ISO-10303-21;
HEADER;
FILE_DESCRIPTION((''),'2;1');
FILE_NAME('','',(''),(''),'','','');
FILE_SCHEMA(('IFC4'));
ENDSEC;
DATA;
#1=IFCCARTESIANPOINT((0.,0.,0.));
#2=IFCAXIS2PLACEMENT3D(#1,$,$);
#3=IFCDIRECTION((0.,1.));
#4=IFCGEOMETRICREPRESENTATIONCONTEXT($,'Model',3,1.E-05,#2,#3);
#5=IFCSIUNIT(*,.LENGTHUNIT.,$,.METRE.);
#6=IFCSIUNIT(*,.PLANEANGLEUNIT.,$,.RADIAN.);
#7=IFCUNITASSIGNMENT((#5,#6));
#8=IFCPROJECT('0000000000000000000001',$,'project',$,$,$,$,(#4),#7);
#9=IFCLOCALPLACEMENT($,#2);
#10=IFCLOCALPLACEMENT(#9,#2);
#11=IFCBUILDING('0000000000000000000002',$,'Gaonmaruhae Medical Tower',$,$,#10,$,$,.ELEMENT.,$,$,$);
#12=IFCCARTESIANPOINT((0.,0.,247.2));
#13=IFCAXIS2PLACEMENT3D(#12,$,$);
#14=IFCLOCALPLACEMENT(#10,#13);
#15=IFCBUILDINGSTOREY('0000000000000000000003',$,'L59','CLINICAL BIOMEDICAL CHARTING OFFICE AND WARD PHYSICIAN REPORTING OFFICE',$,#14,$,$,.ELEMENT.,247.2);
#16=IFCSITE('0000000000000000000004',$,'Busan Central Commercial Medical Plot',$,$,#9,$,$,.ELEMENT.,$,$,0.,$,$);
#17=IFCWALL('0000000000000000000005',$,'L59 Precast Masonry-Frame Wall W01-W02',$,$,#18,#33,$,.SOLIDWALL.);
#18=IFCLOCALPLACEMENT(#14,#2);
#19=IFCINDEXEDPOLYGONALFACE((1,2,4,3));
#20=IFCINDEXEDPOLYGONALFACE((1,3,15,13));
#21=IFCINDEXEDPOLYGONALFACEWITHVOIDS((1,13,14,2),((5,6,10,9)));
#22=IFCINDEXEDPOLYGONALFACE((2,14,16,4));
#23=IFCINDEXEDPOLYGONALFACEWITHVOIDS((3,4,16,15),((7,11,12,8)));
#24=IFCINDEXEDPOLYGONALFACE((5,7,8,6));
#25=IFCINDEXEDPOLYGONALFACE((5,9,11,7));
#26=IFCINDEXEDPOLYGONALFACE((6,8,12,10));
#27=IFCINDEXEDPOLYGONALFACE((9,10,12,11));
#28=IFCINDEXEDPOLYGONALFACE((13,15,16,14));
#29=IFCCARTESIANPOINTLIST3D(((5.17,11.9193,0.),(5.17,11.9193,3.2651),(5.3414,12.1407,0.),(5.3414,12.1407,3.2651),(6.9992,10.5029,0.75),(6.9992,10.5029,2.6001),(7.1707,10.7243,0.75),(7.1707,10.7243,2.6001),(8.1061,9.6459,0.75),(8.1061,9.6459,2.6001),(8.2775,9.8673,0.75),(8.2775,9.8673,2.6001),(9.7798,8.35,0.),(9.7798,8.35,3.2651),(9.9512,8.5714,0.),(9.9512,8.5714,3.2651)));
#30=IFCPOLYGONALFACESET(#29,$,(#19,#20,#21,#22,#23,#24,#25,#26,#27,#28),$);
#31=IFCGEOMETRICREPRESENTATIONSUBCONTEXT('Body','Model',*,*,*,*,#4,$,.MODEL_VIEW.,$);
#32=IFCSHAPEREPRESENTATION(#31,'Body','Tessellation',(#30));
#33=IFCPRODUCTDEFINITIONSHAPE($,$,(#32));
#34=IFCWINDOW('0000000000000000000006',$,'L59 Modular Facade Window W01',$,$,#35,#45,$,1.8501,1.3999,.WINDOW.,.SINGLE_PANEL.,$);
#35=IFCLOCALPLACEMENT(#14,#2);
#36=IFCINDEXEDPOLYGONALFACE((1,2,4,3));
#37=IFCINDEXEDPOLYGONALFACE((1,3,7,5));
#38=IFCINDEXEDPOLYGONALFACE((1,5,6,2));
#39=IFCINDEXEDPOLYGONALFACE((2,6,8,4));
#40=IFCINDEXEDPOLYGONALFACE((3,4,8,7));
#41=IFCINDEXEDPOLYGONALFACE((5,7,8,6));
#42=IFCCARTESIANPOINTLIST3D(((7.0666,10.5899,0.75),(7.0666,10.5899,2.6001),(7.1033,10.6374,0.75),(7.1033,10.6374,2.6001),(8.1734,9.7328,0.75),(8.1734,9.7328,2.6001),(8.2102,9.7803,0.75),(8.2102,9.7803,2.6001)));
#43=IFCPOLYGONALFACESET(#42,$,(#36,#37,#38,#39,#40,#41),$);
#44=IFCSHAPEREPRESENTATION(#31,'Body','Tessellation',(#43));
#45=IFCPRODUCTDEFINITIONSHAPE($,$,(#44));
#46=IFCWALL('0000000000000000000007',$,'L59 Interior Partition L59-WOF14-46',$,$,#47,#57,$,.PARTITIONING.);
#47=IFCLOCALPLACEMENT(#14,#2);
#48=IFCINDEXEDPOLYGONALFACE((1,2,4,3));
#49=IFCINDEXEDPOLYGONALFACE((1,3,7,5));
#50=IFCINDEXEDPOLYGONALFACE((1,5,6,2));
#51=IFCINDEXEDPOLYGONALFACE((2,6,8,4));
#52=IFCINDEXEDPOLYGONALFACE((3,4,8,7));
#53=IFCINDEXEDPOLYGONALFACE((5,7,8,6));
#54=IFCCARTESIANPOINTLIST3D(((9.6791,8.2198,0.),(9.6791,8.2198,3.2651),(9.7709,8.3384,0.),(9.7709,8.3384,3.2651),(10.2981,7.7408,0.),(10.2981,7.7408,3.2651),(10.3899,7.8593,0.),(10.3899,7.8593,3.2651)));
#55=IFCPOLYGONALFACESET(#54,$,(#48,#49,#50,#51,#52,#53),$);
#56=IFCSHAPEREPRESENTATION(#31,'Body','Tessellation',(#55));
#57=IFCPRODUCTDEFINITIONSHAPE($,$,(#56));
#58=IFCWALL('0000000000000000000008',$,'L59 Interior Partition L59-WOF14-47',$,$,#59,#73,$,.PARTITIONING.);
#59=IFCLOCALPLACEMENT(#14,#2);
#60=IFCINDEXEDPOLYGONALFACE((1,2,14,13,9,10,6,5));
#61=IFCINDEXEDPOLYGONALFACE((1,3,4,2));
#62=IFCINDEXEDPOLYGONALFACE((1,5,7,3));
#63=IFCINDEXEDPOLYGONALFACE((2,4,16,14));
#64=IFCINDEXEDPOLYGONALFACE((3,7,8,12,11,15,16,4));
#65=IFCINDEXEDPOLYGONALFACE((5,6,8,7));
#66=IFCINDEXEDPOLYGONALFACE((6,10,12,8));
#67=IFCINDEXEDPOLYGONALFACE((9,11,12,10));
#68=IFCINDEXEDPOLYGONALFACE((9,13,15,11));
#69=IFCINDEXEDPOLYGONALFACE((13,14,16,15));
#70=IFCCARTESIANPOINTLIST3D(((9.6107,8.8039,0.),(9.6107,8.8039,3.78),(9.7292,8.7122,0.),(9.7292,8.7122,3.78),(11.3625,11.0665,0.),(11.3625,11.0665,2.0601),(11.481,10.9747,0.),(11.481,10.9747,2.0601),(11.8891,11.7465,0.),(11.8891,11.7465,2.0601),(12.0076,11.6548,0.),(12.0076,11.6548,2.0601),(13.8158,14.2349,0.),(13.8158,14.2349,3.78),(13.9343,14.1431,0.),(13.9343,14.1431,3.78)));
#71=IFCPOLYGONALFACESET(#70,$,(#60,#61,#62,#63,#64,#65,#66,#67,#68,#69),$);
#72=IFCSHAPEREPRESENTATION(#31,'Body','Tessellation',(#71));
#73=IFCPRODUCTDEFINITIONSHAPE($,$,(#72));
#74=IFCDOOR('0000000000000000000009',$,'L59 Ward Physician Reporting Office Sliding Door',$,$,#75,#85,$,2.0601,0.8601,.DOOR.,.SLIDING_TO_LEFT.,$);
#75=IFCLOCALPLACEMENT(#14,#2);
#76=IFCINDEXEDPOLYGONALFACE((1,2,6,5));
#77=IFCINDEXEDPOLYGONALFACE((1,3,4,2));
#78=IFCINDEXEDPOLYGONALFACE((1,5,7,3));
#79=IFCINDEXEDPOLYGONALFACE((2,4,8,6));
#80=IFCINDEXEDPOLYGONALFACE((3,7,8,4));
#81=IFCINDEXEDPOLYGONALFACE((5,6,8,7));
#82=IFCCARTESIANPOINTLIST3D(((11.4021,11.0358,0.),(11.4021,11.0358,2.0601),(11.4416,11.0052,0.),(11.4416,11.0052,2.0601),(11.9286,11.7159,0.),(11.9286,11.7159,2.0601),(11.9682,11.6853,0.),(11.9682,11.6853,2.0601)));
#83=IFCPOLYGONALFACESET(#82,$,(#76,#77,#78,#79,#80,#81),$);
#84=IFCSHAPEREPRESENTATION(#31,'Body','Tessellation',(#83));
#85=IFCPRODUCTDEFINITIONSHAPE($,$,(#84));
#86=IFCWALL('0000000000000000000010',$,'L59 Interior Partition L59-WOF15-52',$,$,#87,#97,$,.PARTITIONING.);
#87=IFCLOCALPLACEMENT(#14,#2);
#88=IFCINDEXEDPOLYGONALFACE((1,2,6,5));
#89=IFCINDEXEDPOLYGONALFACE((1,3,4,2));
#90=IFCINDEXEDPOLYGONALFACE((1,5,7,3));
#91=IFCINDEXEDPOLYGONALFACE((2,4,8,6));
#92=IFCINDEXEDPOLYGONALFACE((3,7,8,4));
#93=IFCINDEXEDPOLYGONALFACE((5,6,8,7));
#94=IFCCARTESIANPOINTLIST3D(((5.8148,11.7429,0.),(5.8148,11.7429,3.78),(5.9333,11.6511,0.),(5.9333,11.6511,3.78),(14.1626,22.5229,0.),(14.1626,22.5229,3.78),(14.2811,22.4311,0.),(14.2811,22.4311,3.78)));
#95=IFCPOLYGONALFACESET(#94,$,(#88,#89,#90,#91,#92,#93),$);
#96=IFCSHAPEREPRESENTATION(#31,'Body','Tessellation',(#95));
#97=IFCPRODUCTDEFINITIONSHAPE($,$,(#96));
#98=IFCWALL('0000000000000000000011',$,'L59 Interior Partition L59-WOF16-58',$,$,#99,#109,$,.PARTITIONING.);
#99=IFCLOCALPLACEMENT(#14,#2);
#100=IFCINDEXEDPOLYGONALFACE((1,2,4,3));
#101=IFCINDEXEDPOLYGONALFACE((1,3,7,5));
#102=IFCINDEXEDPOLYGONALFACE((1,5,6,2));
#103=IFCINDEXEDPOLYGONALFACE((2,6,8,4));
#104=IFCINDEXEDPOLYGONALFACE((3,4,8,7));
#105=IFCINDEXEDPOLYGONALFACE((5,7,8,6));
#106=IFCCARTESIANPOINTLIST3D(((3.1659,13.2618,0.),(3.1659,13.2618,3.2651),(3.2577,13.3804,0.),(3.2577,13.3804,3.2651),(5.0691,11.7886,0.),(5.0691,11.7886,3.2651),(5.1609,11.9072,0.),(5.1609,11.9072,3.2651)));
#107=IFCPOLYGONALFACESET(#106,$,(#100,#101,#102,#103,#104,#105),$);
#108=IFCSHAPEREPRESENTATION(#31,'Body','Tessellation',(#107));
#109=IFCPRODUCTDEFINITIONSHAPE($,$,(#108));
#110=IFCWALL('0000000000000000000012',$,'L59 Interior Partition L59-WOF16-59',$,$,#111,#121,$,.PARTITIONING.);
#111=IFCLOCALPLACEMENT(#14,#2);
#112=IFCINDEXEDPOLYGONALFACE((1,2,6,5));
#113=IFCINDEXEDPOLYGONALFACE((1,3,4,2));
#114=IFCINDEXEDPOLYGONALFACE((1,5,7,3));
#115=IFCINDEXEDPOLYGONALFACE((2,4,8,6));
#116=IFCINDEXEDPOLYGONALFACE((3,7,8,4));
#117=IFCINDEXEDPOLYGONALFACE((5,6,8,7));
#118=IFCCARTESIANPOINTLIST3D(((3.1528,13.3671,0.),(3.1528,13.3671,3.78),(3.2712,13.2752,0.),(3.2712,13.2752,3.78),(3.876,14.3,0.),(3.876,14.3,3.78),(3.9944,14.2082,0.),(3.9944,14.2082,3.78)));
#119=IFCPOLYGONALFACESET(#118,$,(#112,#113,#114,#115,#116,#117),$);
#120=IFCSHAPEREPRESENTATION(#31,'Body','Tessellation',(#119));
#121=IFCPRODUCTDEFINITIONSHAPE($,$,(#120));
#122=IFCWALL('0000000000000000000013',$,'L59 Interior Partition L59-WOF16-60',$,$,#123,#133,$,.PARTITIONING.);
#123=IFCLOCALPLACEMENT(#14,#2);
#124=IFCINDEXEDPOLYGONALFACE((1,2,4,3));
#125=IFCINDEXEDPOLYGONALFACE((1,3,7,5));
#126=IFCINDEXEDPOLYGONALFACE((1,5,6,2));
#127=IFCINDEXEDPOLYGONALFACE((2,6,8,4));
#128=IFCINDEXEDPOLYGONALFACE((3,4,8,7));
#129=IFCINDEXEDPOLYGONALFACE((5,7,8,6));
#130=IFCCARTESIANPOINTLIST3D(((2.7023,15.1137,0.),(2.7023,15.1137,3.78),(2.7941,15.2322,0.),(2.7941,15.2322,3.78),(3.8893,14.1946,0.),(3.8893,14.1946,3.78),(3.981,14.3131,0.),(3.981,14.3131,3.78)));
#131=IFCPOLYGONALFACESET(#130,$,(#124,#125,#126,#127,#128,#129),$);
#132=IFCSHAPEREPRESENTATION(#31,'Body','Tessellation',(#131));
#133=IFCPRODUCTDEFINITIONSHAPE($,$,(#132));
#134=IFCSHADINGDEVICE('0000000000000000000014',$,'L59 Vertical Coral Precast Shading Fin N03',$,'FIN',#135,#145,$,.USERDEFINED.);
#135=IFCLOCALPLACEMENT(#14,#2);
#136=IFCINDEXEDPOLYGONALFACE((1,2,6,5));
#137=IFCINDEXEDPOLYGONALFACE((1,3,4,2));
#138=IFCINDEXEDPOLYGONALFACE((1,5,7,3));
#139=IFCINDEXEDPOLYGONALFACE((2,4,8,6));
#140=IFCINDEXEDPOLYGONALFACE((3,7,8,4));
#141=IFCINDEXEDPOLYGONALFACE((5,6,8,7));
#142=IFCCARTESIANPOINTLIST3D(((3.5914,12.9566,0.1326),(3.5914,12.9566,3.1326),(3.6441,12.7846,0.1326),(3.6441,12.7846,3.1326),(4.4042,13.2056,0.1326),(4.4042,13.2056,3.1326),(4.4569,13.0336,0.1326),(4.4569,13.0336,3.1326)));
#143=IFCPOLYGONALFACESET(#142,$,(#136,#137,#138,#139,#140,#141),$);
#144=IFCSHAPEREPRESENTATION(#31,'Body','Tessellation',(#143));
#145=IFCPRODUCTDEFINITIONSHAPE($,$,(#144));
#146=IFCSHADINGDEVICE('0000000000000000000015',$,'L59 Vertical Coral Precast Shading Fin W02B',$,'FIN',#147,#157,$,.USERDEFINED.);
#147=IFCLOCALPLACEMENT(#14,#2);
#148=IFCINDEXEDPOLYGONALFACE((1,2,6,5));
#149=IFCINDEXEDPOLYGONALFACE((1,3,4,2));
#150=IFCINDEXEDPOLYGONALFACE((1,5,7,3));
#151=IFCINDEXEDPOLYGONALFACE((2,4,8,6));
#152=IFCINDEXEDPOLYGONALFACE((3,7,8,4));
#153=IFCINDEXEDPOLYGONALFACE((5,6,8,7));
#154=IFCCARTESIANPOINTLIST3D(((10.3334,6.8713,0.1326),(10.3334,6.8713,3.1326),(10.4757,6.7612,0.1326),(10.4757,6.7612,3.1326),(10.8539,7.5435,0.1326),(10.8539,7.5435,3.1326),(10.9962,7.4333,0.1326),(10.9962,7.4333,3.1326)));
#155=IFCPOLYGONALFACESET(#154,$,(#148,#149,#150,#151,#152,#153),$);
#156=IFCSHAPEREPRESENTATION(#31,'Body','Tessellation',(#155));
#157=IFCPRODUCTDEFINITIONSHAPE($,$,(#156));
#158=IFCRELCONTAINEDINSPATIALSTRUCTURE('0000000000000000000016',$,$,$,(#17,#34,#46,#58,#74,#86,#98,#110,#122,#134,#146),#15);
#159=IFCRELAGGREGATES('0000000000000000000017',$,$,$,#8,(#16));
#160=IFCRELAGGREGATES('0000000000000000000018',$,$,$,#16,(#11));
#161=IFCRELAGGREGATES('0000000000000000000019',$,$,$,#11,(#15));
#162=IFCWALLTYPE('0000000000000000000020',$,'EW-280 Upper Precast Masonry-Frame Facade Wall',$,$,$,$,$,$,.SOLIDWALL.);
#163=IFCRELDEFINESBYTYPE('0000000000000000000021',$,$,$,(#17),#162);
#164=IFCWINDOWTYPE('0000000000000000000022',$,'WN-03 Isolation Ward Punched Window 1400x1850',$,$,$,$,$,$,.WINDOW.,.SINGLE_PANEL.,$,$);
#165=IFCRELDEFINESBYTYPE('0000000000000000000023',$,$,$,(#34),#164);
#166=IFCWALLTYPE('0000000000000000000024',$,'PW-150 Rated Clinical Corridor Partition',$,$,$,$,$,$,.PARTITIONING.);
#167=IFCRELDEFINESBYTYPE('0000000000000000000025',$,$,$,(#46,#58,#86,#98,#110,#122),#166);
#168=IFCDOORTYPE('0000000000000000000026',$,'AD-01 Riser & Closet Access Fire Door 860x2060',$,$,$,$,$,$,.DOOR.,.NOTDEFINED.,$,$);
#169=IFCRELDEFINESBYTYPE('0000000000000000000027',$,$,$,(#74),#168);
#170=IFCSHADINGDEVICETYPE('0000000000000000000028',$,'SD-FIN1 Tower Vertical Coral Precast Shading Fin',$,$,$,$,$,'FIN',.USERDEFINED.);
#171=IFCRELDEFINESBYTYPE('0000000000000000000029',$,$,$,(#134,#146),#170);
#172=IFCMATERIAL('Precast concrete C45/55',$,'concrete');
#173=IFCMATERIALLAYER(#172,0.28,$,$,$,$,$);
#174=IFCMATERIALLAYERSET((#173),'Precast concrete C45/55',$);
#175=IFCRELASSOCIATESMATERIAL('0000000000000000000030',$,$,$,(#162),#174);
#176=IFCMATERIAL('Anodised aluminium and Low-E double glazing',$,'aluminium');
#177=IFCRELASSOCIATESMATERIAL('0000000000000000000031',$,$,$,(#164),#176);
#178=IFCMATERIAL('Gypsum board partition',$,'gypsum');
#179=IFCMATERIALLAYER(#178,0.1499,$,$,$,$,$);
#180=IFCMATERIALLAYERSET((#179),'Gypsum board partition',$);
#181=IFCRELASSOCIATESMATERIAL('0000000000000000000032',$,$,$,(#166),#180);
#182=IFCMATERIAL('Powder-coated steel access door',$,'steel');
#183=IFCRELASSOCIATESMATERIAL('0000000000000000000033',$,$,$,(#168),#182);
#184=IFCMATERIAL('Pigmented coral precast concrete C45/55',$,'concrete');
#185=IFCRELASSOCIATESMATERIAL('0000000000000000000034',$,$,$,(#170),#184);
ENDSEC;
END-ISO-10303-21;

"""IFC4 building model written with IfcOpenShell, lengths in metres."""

from ifc_helpers import new_model, si_unit, direction, frame, frame_2d, origin, origin_2d, place, context, subcontext, project, spatial, rectangle, extrude, material, layer, layer_set, type_object, element, fill, save


model = new_model("IFC4")

# Units and contexts
model_context = context("Model", 3, precision=1e-05, world=origin(), true_north=direction((0.0, 1.0)))
body_context = subcontext(model_context, "Body", "Model", "MODEL_VIEW")
ifc_project = project(units=[si_unit("LENGTHUNIT", "METRE"), si_unit("PLANEANGLEUNIT", "RADIAN")], contexts=[model_context])

# Site, building, storey
site_placement = place(None, origin())
site = spatial("IfcSite", under=ifc_project, at=site_placement, Name="Busan Central Commercial Medical Plot", CompositionType="ELEMENT", RefElevation=0.0)
building_placement = place(site_placement, origin())
building = spatial("IfcBuilding", under=site, at=building_placement, Name="Gaonmaruhae Medical Tower", CompositionType="ELEMENT")
storey_placement = place(building_placement, frame((0.0, 0.0, 247.2)))
storey = spatial("IfcBuildingStorey", under=building, at=storey_placement, Name="L59", Description="CLINICAL BIOMEDICAL CHARTING OFFICE AND WARD PHYSICIAN REPORTING OFFICE", CompositionType="ELEMENT", Elevation=247.2)

# Shared definitions
ifc_material_1 = material(Name="Precast concrete C45/55", Category="concrete")
ifc_layer_1 = layer(ifc_material_1, 0.28)
ifc_layer_set_1 = layer_set([ifc_layer_1], Name="Precast concrete C45/55")
wall_type_1 = type_object("IfcWallType", Name="EW-280 Upper Precast Masonry-Frame Facade Wall", PredefinedType="SOLIDWALL", material=ifc_layer_set_1)

# Wall, opening, window
wall_1_placement = place(storey_placement, frame((9.8655, 8.4607, 0.0), z_axis=(0.0, 0.0, 1.0), x_axis=(-0.79069, 0.612217, 0.0)))
wall_1 = element("IfcWall", 1, at=wall_1_placement, inside=storey, type_object=wall_type_1, Name="L59 Precast Masonry-Frame Wall W01-W02", PredefinedType="SOLIDWALL", context=body_context, shape_type="SweptSolid", body=[
    extrude(rectangle(XDim=5.8301, YDim=0.28, at=frame_2d((2.915, 0.0))), origin(), (0.0, 0.0, 1.0), 3.2651),
])
opening_1_placement = place(wall_1_placement, frame((2.1167, 0.0, 0.75)))
opening_1 = element("IfcOpeningElement", 2, at=opening_1_placement, cuts=wall_1, PredefinedType="OPENING", context=body_context, shape_type="SweptSolid", body=[
    extrude(rectangle(XDim=1.3999, YDim=1.8501, at=frame_2d((0.7, 0.925))), frame((0.0, 0.1499, 0.0), z_axis=(0.0, -1.0, 0.0), x_axis=(1.0, 0.0, 0.0)), (0.0, 0.0, 1.0), 0.3),
])
ifc_material_2 = material(Name="Anodised aluminium and Low-E double glazing", Category="aluminium")
window_type = type_object("IfcWindowType", Name="WN-03 Isolation Ward Punched Window 1400x1850", PartitioningType="SINGLE_PANEL", PredefinedType="WINDOW", material=ifc_material_2)
window_placement = place(opening_1_placement, origin())
window = element("IfcWindow", 3, at=window_placement, inside=storey, type_object=window_type, Name="L59 Modular Facade Window W01", OverallHeight=1.8501, OverallWidth=1.3999, PartitioningType="SINGLE_PANEL", PredefinedType="WINDOW", context=body_context, shape_type="SweptSolid", body=[
    extrude(rectangle(XDim=1.3999, YDim=1.8501, at=frame_2d((0.7, 0.925))), frame((0.0, 0.03, 0.0), z_axis=(0.0, -1.0, 0.0), x_axis=(1.0, 0.0, 0.0)), (0.0, 0.0, 1.0), 0.0601),
])
fill(opening_1, window)

# Wall
ifc_material_3 = material(Name="Gypsum board partition", Category="gypsum")
ifc_layer_2 = layer(ifc_material_3, 0.1499)
ifc_layer_set_2 = layer_set([ifc_layer_2], Name="Gypsum board partition")
wall_type_2 = type_object("IfcWallType", Name="PW-150 Rated Clinical Corridor Partition", PredefinedType="PARTITIONING", material=ifc_layer_set_2)
wall_2_placement = place(storey_placement, frame((10.344, 7.8, 0.0), z_axis=(0.0, 0.0, 1.0), x_axis=(-0.790811, 0.61206, 0.0)))
element("IfcWall", 4, at=wall_2_placement, inside=storey, type_object=wall_type_2, Name="L59 Interior Partition L59-WOF14-46", PredefinedType="PARTITIONING", context=body_context, shape_type="SweptSolid", body=[
    extrude(rectangle(XDim=0.7827, YDim=0.1499, at=frame_2d((0.3914, 0.0))), origin(), (0.0, 0.0, 1.0), 3.2651),
])

# Wall, opening, door
wall_3_placement = place(storey_placement, frame((9.6699, 8.7581, 0.0), z_axis=(0.0, 0.0, 1.0), x_axis=(0.612219, 0.790688, 0.0)))
wall_3 = element("IfcWall", 5, at=wall_3_placement, inside=storey, type_object=wall_type_2, Name="L59 Interior Partition L59-WOF14-47", PredefinedType="PARTITIONING", context=body_context, shape_type="SweptSolid", body=[
    extrude(rectangle(XDim=6.8687, YDim=0.1499, at=frame_2d((3.4343, 0.0))), origin(), (0.0, 0.0, 1.0), 3.78),
])
opening_2_placement = place(wall_3_placement, frame((2.8613, 0.0, 0.0)))
opening_2 = element("IfcOpeningElement", 6, at=opening_2_placement, cuts=wall_3, PredefinedType="OPENING", context=body_context, shape_type="SweptSolid", body=[
    extrude(rectangle(XDim=0.8601, YDim=2.0601, at=frame_2d((0.4302, 1.03))), frame((0.0, 0.085, 0.0), z_axis=(0.0, -1.0, 0.0), x_axis=(1.0, 0.0, 0.0)), (0.0, 0.0, 1.0), 0.1699),
])
ifc_material_4 = material(Name="Powder-coated steel access door", Category="steel")
door_type = type_object("IfcDoorType", Name="AD-01 Riser & Closet Access Fire Door 860x2060", OperationType="NOTDEFINED", PredefinedType="DOOR", material=ifc_material_4)
door_placement = place(opening_2_placement, origin())
door = element("IfcDoor", 7, at=door_placement, inside=storey, type_object=door_type, Name="L59 Ward Physician Reporting Office Sliding Door", OperationType="SLIDING_TO_LEFT", OverallHeight=2.0601, OverallWidth=0.8601, PredefinedType="DOOR", context=body_context, shape_type="SweptSolid", body=[
    extrude(rectangle(XDim=0.8601, YDim=2.0601, at=frame_2d((0.4302, 1.03))), frame((0.0, 0.0249, 0.0), z_axis=(0.0, -1.0, 0.0), x_axis=(1.0, 0.0, 0.0)), (0.0, 0.0, 1.0), 0.05),
])
fill(opening_2, door)

# Walls
wall_4_placement = place(storey_placement, frame((5.874, 11.697, 0.0), z_axis=(0.0, 0.0, 1.0), x_axis=(0.612268, 0.79065, 0.0)))
element("IfcWall", 8, at=wall_4_placement, inside=storey, type_object=wall_type_2, Name="L59 Interior Partition L59-WOF15-52", PredefinedType="PARTITIONING", context=body_context, shape_type="SweptSolid", body=[
    extrude(rectangle(XDim=13.6343, YDim=0.1499, at=frame_2d((6.8171, 0.0))), origin(), (0.0, 0.0, 1.0), 3.78),
])
wall_5_placement = place(storey_placement, frame((5.115, 11.8479, 0.0), z_axis=(0.0, 0.0, 1.0), x_axis=(-0.790765, 0.61212, 0.0)))
element("IfcWall", 9, at=wall_5_placement, inside=storey, type_object=wall_type_2, Name="L59 Interior Partition L59-WOF16-58", PredefinedType="PARTITIONING", context=body_context, shape_type="SweptSolid", body=[
    extrude(rectangle(XDim=2.4067, YDim=0.1499, at=frame_2d((1.2034, 0.0))), origin(), (0.0, 0.0, 1.0), 3.2651),
])
wall_6_placement = place(storey_placement, frame((3.2119, 13.321, 0.0), z_axis=(0.0, 0.0, 1.0), x_axis=(0.612665, 0.790342, 0.0)))
element("IfcWall", 10, at=wall_6_placement, inside=storey, type_object=wall_type_2, Name="L59 Interior Partition L59-WOF16-59", PredefinedType="PARTITIONING", context=body_context, shape_type="SweptSolid", body=[
    extrude(rectangle(XDim=1.1804, YDim=0.1499, at=frame_2d((0.5903, 0.0))), origin(), (0.0, 0.0, 1.0), 3.78),
])
wall_7_placement = place(storey_placement, frame((3.9351, 14.2539, 0.0), z_axis=(0.0, 0.0, 1.0), x_axis=(-0.790655, 0.612262, 0.0)))
element("IfcWall", 11, at=wall_7_placement, inside=storey, type_object=wall_type_2, Name="L59 Interior Partition L59-WOF16-60", PredefinedType="PARTITIONING", context=body_context, shape_type="SweptSolid", body=[
    extrude(rectangle(XDim=1.5012, YDim=0.1499, at=frame_2d((0.7505, 0.0))), origin(), (0.0, 0.0, 1.0), 3.78),
])

# Shading devices
ifc_material_5 = material(Name="Pigmented coral precast concrete C45/55", Category="concrete")
shading_device_type = type_object("IfcShadingDeviceType", Name="SD-FIN1 Tower Vertical Coral Precast Shading Fin", ElementType="FIN", PredefinedType="USERDEFINED", material=ifc_material_5)
for number, where, z_axis, x_axis, name in (
    (12, (4.0242, 12.9951, 0.1326), (0.0, 0.0, 1.0), (-0.292922, 0.956136, 0.0), "L59 Vertical Coral Precast Shading Fin N03"),
    (13, (10.6648, 7.1523, 0.1326), (0.0, 0.0, 1.0), (-0.79069, 0.612217, 0.0), "L59 Vertical Coral Precast Shading Fin W02B"),
):
    element("IfcShadingDevice", number, at=place(storey_placement, frame(where, z_axis=z_axis, x_axis=x_axis)), inside=storey, type_object=shading_device_type, Name=name, ObjectType="FIN", PredefinedType="USERDEFINED", context=body_context, shape_type="SweptSolid", body=[
        extrude(rectangle(XDim=0.1799, YDim=0.8501, at=origin_2d()), origin(), (0.0, 0.0, 1.0), 3.0),
    ])

save(model, "model.ifc")
